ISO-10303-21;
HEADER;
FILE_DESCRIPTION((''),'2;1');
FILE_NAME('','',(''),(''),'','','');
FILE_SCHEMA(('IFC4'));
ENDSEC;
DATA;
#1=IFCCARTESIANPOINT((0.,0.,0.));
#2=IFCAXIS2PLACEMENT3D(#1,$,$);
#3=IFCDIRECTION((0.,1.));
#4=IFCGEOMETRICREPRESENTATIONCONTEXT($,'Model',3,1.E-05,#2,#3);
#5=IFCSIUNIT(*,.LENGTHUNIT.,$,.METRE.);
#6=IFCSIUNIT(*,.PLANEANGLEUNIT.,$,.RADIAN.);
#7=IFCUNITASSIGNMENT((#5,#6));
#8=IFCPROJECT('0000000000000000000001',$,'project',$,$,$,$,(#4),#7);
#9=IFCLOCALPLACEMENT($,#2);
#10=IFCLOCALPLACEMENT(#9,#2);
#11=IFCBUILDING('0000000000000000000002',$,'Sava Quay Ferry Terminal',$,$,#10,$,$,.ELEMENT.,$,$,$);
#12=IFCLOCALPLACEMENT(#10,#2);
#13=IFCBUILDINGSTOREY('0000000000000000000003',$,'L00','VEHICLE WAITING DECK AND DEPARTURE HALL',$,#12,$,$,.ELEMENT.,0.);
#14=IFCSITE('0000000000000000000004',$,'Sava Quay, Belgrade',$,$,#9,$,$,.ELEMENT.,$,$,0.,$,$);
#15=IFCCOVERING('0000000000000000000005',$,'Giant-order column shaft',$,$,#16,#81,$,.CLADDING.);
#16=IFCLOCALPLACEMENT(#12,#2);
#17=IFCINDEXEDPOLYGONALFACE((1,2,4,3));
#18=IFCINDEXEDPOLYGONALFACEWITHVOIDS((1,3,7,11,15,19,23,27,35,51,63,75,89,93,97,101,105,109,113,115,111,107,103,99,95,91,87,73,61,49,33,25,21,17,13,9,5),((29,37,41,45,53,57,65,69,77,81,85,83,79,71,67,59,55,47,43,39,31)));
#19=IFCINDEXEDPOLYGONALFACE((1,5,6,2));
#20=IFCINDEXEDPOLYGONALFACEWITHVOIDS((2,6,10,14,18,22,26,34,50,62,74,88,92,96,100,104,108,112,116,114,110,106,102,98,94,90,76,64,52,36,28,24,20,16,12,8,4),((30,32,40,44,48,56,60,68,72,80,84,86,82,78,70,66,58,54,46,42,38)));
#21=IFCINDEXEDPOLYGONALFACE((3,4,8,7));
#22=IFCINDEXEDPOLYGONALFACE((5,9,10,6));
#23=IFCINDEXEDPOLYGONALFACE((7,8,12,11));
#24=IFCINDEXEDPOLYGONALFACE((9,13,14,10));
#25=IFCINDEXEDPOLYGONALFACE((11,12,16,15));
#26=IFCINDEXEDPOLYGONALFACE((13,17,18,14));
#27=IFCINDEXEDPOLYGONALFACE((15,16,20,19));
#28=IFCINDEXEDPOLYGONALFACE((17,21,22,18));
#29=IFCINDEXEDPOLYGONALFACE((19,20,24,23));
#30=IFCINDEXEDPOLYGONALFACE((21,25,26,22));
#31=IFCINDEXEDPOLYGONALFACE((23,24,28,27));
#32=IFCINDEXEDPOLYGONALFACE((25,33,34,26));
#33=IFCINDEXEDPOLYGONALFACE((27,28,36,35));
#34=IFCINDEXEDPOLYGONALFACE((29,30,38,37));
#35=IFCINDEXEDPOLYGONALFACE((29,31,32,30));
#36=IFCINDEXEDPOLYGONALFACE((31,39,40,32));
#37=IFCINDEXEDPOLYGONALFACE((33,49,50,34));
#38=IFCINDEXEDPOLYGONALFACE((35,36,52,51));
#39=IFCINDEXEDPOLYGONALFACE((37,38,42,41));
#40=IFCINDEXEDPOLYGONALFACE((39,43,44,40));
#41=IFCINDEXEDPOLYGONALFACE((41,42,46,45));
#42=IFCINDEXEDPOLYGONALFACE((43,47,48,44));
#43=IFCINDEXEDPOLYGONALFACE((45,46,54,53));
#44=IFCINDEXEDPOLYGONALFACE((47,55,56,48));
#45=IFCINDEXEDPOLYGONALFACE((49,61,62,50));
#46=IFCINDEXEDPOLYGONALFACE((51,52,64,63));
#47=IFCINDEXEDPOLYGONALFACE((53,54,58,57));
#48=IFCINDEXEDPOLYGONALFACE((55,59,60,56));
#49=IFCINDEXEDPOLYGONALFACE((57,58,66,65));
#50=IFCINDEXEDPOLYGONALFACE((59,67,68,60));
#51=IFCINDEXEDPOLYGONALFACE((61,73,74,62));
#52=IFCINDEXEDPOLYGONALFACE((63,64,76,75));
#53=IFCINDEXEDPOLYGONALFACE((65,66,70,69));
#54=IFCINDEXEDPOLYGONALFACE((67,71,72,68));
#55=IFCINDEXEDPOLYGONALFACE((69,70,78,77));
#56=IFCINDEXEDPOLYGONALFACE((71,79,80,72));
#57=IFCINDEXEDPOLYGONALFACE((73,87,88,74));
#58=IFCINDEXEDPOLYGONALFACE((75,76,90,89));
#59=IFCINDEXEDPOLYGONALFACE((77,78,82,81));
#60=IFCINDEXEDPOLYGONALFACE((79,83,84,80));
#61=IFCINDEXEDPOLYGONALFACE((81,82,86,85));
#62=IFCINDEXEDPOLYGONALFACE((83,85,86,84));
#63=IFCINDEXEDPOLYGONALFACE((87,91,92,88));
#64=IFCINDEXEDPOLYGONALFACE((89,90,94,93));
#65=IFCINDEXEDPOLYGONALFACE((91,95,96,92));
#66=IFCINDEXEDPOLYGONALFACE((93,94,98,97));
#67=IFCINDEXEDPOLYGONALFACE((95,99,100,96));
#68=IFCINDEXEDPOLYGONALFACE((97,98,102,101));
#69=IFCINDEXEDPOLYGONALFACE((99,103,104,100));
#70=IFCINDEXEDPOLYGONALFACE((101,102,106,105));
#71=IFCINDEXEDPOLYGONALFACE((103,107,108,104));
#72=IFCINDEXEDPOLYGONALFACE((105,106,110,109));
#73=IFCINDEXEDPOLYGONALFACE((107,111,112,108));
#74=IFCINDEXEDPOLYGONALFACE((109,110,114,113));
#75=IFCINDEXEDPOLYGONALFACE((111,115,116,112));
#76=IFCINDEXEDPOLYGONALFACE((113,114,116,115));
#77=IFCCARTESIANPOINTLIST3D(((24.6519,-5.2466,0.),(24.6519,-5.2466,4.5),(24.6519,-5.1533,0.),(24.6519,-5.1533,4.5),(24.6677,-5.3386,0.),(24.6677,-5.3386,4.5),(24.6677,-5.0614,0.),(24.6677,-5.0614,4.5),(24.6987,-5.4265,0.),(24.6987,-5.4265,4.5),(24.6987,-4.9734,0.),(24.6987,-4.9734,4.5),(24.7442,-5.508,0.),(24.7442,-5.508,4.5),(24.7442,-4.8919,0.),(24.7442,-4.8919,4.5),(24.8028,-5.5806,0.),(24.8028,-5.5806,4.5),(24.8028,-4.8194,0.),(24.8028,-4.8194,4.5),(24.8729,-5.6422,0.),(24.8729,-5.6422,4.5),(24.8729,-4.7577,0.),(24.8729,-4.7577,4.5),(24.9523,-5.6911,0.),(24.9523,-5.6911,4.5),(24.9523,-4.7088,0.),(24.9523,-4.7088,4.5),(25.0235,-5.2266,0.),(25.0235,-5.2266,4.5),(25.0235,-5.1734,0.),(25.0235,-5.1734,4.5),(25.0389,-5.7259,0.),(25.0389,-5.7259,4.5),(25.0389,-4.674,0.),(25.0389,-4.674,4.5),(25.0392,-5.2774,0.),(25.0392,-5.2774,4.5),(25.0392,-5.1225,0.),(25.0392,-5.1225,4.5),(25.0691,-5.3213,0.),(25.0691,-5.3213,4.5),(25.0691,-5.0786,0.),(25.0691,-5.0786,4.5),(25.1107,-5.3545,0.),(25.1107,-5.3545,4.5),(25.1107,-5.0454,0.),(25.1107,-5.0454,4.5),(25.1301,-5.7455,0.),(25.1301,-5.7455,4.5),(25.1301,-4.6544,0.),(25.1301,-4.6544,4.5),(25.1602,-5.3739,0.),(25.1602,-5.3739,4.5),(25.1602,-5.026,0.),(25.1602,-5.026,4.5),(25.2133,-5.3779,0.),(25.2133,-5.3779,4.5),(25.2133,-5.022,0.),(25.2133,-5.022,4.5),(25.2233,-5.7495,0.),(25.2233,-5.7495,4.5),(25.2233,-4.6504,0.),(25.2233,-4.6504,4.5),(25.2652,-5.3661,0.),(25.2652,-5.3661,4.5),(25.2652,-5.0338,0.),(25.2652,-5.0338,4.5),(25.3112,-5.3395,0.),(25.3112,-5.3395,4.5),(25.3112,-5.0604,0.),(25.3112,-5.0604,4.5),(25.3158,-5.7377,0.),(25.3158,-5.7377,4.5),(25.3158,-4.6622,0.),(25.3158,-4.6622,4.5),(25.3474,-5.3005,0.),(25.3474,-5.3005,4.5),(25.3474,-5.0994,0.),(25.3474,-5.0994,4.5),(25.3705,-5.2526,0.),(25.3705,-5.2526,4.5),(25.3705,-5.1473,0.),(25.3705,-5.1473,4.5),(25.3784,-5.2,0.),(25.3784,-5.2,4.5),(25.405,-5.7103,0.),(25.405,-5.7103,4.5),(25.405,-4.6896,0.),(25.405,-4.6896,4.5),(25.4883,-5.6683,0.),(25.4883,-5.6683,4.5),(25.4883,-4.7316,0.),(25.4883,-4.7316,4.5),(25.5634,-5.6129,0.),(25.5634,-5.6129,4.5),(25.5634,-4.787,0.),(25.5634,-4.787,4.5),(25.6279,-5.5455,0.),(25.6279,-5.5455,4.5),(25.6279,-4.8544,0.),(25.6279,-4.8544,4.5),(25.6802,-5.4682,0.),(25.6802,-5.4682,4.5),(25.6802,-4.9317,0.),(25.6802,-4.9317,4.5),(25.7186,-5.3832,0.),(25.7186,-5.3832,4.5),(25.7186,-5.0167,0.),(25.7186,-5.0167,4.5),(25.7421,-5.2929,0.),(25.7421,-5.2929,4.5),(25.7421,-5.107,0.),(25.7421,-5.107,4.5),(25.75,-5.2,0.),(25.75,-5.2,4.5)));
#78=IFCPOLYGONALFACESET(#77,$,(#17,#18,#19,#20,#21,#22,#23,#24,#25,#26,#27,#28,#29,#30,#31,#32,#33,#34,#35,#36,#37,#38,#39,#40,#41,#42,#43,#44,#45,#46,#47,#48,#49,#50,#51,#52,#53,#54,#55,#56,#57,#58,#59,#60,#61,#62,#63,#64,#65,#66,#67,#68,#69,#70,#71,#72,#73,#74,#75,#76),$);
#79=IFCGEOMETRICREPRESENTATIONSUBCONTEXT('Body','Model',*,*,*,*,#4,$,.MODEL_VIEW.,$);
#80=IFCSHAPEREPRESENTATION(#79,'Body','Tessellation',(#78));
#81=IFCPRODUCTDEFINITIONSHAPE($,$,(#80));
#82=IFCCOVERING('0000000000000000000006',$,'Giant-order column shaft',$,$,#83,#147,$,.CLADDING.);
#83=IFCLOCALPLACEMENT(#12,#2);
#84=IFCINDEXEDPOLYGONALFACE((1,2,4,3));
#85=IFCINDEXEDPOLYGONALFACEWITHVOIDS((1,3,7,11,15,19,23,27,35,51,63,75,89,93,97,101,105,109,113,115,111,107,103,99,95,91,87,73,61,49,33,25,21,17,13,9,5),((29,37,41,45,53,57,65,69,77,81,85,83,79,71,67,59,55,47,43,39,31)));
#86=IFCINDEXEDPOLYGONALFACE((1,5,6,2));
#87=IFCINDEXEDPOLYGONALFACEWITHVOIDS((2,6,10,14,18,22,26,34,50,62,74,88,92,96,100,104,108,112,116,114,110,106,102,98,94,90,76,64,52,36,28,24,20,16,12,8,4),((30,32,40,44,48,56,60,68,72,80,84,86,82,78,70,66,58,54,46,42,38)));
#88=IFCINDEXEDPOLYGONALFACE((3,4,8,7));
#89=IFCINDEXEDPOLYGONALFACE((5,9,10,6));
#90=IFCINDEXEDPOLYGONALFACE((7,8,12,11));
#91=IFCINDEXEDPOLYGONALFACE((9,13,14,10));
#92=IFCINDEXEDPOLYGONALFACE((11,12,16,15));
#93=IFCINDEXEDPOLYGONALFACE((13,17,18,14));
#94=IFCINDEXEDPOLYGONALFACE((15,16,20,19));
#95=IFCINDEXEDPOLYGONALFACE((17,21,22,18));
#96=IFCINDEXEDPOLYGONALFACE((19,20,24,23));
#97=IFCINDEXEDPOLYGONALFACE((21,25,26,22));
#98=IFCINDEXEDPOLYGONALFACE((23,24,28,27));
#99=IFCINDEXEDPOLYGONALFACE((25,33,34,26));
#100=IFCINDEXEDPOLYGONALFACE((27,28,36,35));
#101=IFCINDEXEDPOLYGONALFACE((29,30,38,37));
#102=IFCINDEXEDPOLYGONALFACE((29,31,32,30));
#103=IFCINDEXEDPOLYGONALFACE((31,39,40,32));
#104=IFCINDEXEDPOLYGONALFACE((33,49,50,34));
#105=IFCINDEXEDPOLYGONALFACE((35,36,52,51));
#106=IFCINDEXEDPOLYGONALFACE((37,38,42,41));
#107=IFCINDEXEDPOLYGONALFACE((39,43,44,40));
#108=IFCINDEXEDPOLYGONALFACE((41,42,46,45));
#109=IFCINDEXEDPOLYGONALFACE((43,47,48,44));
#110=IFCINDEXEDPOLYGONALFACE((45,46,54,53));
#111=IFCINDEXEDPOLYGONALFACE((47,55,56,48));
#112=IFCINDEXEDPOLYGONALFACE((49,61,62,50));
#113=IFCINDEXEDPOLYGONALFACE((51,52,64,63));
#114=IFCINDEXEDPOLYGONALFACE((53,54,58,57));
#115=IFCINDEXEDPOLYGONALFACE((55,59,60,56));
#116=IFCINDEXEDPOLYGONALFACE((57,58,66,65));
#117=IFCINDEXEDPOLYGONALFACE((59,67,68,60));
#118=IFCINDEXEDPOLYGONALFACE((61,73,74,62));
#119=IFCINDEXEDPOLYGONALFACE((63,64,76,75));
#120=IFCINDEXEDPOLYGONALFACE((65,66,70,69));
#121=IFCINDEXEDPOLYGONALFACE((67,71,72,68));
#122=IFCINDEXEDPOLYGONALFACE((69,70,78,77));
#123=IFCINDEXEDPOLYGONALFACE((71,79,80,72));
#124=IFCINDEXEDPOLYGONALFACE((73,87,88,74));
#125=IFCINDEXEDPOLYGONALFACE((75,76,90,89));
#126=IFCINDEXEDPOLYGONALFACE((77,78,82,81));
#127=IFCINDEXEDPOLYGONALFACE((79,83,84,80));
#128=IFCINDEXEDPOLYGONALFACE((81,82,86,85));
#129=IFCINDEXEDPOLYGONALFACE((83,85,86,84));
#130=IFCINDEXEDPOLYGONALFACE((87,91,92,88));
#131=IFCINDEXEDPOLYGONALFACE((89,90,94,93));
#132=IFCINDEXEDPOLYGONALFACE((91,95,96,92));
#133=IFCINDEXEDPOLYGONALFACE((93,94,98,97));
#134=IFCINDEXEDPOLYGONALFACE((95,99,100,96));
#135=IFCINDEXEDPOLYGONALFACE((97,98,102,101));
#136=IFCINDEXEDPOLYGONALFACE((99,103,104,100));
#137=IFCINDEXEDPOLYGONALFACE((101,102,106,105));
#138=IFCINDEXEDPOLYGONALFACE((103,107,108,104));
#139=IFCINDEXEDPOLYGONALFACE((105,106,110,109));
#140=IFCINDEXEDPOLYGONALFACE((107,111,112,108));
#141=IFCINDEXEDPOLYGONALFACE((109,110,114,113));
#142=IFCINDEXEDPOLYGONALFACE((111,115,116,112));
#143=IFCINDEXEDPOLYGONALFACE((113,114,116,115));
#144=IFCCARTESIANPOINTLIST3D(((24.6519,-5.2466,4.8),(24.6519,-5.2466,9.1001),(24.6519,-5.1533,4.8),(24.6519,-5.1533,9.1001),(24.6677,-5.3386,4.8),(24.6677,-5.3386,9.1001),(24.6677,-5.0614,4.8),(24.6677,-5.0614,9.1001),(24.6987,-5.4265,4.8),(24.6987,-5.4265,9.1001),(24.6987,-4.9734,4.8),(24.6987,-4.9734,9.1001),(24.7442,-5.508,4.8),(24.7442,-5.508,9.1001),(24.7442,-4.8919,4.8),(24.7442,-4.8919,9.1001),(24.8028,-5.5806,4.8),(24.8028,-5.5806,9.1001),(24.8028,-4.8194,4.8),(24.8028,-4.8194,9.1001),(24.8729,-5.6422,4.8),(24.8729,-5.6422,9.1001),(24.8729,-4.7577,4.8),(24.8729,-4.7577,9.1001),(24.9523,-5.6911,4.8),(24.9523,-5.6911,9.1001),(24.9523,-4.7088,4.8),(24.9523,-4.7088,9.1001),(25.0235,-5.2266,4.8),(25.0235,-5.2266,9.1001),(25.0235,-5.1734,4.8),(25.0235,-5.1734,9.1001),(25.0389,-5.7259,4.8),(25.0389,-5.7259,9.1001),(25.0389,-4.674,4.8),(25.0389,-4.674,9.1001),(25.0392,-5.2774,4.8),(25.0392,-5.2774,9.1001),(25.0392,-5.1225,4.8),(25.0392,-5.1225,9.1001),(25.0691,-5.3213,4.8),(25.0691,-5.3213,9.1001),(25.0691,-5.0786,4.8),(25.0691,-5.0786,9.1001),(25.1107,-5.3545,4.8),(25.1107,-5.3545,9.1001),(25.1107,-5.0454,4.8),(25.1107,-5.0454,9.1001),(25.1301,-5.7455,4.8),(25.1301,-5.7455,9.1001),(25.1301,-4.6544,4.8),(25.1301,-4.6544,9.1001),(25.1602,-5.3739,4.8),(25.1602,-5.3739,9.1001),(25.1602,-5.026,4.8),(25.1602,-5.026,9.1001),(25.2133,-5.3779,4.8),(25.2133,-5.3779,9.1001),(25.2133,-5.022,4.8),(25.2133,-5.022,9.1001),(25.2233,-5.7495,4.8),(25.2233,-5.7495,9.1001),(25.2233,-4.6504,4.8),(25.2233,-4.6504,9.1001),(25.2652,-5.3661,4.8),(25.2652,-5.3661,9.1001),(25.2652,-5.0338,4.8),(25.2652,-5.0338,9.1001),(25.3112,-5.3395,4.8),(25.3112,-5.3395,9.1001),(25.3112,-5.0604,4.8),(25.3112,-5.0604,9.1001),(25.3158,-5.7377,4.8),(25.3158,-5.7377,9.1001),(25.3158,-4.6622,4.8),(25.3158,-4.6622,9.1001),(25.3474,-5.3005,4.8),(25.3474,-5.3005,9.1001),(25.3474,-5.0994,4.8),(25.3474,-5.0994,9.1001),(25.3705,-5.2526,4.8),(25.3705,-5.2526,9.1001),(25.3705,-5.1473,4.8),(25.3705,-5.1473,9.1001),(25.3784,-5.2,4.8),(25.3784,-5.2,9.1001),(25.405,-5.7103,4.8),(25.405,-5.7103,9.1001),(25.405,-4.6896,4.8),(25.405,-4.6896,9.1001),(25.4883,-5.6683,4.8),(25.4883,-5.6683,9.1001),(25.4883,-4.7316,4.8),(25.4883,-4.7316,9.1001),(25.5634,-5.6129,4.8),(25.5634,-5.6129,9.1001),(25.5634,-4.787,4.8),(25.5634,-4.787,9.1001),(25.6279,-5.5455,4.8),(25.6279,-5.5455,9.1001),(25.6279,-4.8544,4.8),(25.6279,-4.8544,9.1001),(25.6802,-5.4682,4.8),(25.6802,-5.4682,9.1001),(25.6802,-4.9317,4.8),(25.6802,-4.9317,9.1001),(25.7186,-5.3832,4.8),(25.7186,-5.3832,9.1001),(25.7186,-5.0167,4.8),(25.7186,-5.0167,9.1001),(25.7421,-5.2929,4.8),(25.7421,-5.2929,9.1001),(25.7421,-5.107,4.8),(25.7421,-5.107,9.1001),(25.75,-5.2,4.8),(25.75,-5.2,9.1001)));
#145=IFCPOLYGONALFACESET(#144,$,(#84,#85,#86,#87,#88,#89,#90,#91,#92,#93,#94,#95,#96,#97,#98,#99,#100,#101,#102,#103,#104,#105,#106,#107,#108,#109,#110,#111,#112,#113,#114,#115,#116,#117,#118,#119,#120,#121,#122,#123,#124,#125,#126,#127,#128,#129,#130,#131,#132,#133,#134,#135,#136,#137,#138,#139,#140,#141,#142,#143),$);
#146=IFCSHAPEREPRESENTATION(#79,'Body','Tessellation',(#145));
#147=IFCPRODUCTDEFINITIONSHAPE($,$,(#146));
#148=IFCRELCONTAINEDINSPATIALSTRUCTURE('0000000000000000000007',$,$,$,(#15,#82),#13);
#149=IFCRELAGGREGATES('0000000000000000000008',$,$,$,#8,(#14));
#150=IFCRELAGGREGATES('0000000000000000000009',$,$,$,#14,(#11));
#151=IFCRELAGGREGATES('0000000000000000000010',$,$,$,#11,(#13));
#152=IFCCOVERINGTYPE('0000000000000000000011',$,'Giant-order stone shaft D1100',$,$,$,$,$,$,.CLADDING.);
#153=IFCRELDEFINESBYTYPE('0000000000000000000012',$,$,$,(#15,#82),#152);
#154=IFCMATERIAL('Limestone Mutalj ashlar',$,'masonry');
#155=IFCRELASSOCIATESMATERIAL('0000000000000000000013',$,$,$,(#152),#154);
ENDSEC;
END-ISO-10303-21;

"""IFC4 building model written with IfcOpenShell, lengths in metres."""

from ifc_helpers import new_model, si_unit, direction, frame, origin, origin_2d, place, context, subcontext, project, spatial, hollow_circle, extrude, material, material_profile, profile_set, type_object, element, save


model = new_model("IFC4")

# Units and contexts
model_context = context("Model", 3, precision=1e-05, world=origin(), true_north=direction((0.0, 1.0)))
body_context = subcontext(model_context, "Body", "Model", "MODEL_VIEW")
ifc_project = project(units=[si_unit("LENGTHUNIT", "METRE"), si_unit("PLANEANGLEUNIT", "RADIAN")], contexts=[model_context])

# Site, building, storey
site_placement = place(None, origin())
site = spatial("IfcSite", under=ifc_project, at=site_placement, Name="Sava Quay, Belgrade", CompositionType="ELEMENT", RefElevation=0.0)
building_placement = place(site_placement, origin())
building = spatial("IfcBuilding", under=site, at=building_placement, Name="Sava Quay Ferry Terminal", CompositionType="ELEMENT")
storey_placement = place(building_placement, origin())
storey = spatial("IfcBuildingStorey", under=building, at=storey_placement, Name="L00", Description="VEHICLE WAITING DECK AND DEPARTURE HALL", CompositionType="ELEMENT", Elevation=0.0)

# Coverings
ifc_material_1 = material(Name="Limestone Mutalj ashlar", Category="masonry")
ifc_material_profile_1 = material_profile(ifc_material_1, hollow_circle(Radius=0.55, WallThickness=0.3716, at=origin_2d()), Name="Stone shaft D1100")
ifc_profile_set_1 = profile_set([ifc_material_profile_1], Name="Limestone Mutalj ashlar")
covering_type_1 = type_object("IfcCoveringType", Name="Giant-order stone shaft D1100", PredefinedType="CLADDING", material=ifc_profile_set_1)
covering_1_placement = place(storey_placement, frame((25.2, -5.2, 0.0), z_axis=(0.0, 0.0, 1.0), x_axis=(1.0, 0.0, 0.0)))
element("IfcCovering", 1, at=covering_1_placement, inside=storey, type_object=covering_type_1, Name="Giant-order column shaft", PredefinedType="CLADDING", context=body_context, shape_type="SweptSolid", body=[
    extrude(hollow_circle(Radius=0.55, WallThickness=0.3716, at=origin_2d()), origin(), (0.0, 0.0, 1.0), 4.5),
])
covering_2_placement = place(storey_placement, frame((25.2, -5.2, 4.8), z_axis=(0.0, 0.0, 1.0), x_axis=(1.0, 0.0, 0.0)))
element("IfcCovering", 2, at=covering_2_placement, inside=storey, type_object=covering_type_1, Name="Giant-order column shaft", PredefinedType="CLADDING", context=body_context, shape_type="SweptSolid", body=[
    extrude(hollow_circle(Radius=0.55, WallThickness=0.3716, at=origin_2d()), origin(), (0.0, 0.0, 1.0), 4.3),
])

save(model, "model.ifc")
